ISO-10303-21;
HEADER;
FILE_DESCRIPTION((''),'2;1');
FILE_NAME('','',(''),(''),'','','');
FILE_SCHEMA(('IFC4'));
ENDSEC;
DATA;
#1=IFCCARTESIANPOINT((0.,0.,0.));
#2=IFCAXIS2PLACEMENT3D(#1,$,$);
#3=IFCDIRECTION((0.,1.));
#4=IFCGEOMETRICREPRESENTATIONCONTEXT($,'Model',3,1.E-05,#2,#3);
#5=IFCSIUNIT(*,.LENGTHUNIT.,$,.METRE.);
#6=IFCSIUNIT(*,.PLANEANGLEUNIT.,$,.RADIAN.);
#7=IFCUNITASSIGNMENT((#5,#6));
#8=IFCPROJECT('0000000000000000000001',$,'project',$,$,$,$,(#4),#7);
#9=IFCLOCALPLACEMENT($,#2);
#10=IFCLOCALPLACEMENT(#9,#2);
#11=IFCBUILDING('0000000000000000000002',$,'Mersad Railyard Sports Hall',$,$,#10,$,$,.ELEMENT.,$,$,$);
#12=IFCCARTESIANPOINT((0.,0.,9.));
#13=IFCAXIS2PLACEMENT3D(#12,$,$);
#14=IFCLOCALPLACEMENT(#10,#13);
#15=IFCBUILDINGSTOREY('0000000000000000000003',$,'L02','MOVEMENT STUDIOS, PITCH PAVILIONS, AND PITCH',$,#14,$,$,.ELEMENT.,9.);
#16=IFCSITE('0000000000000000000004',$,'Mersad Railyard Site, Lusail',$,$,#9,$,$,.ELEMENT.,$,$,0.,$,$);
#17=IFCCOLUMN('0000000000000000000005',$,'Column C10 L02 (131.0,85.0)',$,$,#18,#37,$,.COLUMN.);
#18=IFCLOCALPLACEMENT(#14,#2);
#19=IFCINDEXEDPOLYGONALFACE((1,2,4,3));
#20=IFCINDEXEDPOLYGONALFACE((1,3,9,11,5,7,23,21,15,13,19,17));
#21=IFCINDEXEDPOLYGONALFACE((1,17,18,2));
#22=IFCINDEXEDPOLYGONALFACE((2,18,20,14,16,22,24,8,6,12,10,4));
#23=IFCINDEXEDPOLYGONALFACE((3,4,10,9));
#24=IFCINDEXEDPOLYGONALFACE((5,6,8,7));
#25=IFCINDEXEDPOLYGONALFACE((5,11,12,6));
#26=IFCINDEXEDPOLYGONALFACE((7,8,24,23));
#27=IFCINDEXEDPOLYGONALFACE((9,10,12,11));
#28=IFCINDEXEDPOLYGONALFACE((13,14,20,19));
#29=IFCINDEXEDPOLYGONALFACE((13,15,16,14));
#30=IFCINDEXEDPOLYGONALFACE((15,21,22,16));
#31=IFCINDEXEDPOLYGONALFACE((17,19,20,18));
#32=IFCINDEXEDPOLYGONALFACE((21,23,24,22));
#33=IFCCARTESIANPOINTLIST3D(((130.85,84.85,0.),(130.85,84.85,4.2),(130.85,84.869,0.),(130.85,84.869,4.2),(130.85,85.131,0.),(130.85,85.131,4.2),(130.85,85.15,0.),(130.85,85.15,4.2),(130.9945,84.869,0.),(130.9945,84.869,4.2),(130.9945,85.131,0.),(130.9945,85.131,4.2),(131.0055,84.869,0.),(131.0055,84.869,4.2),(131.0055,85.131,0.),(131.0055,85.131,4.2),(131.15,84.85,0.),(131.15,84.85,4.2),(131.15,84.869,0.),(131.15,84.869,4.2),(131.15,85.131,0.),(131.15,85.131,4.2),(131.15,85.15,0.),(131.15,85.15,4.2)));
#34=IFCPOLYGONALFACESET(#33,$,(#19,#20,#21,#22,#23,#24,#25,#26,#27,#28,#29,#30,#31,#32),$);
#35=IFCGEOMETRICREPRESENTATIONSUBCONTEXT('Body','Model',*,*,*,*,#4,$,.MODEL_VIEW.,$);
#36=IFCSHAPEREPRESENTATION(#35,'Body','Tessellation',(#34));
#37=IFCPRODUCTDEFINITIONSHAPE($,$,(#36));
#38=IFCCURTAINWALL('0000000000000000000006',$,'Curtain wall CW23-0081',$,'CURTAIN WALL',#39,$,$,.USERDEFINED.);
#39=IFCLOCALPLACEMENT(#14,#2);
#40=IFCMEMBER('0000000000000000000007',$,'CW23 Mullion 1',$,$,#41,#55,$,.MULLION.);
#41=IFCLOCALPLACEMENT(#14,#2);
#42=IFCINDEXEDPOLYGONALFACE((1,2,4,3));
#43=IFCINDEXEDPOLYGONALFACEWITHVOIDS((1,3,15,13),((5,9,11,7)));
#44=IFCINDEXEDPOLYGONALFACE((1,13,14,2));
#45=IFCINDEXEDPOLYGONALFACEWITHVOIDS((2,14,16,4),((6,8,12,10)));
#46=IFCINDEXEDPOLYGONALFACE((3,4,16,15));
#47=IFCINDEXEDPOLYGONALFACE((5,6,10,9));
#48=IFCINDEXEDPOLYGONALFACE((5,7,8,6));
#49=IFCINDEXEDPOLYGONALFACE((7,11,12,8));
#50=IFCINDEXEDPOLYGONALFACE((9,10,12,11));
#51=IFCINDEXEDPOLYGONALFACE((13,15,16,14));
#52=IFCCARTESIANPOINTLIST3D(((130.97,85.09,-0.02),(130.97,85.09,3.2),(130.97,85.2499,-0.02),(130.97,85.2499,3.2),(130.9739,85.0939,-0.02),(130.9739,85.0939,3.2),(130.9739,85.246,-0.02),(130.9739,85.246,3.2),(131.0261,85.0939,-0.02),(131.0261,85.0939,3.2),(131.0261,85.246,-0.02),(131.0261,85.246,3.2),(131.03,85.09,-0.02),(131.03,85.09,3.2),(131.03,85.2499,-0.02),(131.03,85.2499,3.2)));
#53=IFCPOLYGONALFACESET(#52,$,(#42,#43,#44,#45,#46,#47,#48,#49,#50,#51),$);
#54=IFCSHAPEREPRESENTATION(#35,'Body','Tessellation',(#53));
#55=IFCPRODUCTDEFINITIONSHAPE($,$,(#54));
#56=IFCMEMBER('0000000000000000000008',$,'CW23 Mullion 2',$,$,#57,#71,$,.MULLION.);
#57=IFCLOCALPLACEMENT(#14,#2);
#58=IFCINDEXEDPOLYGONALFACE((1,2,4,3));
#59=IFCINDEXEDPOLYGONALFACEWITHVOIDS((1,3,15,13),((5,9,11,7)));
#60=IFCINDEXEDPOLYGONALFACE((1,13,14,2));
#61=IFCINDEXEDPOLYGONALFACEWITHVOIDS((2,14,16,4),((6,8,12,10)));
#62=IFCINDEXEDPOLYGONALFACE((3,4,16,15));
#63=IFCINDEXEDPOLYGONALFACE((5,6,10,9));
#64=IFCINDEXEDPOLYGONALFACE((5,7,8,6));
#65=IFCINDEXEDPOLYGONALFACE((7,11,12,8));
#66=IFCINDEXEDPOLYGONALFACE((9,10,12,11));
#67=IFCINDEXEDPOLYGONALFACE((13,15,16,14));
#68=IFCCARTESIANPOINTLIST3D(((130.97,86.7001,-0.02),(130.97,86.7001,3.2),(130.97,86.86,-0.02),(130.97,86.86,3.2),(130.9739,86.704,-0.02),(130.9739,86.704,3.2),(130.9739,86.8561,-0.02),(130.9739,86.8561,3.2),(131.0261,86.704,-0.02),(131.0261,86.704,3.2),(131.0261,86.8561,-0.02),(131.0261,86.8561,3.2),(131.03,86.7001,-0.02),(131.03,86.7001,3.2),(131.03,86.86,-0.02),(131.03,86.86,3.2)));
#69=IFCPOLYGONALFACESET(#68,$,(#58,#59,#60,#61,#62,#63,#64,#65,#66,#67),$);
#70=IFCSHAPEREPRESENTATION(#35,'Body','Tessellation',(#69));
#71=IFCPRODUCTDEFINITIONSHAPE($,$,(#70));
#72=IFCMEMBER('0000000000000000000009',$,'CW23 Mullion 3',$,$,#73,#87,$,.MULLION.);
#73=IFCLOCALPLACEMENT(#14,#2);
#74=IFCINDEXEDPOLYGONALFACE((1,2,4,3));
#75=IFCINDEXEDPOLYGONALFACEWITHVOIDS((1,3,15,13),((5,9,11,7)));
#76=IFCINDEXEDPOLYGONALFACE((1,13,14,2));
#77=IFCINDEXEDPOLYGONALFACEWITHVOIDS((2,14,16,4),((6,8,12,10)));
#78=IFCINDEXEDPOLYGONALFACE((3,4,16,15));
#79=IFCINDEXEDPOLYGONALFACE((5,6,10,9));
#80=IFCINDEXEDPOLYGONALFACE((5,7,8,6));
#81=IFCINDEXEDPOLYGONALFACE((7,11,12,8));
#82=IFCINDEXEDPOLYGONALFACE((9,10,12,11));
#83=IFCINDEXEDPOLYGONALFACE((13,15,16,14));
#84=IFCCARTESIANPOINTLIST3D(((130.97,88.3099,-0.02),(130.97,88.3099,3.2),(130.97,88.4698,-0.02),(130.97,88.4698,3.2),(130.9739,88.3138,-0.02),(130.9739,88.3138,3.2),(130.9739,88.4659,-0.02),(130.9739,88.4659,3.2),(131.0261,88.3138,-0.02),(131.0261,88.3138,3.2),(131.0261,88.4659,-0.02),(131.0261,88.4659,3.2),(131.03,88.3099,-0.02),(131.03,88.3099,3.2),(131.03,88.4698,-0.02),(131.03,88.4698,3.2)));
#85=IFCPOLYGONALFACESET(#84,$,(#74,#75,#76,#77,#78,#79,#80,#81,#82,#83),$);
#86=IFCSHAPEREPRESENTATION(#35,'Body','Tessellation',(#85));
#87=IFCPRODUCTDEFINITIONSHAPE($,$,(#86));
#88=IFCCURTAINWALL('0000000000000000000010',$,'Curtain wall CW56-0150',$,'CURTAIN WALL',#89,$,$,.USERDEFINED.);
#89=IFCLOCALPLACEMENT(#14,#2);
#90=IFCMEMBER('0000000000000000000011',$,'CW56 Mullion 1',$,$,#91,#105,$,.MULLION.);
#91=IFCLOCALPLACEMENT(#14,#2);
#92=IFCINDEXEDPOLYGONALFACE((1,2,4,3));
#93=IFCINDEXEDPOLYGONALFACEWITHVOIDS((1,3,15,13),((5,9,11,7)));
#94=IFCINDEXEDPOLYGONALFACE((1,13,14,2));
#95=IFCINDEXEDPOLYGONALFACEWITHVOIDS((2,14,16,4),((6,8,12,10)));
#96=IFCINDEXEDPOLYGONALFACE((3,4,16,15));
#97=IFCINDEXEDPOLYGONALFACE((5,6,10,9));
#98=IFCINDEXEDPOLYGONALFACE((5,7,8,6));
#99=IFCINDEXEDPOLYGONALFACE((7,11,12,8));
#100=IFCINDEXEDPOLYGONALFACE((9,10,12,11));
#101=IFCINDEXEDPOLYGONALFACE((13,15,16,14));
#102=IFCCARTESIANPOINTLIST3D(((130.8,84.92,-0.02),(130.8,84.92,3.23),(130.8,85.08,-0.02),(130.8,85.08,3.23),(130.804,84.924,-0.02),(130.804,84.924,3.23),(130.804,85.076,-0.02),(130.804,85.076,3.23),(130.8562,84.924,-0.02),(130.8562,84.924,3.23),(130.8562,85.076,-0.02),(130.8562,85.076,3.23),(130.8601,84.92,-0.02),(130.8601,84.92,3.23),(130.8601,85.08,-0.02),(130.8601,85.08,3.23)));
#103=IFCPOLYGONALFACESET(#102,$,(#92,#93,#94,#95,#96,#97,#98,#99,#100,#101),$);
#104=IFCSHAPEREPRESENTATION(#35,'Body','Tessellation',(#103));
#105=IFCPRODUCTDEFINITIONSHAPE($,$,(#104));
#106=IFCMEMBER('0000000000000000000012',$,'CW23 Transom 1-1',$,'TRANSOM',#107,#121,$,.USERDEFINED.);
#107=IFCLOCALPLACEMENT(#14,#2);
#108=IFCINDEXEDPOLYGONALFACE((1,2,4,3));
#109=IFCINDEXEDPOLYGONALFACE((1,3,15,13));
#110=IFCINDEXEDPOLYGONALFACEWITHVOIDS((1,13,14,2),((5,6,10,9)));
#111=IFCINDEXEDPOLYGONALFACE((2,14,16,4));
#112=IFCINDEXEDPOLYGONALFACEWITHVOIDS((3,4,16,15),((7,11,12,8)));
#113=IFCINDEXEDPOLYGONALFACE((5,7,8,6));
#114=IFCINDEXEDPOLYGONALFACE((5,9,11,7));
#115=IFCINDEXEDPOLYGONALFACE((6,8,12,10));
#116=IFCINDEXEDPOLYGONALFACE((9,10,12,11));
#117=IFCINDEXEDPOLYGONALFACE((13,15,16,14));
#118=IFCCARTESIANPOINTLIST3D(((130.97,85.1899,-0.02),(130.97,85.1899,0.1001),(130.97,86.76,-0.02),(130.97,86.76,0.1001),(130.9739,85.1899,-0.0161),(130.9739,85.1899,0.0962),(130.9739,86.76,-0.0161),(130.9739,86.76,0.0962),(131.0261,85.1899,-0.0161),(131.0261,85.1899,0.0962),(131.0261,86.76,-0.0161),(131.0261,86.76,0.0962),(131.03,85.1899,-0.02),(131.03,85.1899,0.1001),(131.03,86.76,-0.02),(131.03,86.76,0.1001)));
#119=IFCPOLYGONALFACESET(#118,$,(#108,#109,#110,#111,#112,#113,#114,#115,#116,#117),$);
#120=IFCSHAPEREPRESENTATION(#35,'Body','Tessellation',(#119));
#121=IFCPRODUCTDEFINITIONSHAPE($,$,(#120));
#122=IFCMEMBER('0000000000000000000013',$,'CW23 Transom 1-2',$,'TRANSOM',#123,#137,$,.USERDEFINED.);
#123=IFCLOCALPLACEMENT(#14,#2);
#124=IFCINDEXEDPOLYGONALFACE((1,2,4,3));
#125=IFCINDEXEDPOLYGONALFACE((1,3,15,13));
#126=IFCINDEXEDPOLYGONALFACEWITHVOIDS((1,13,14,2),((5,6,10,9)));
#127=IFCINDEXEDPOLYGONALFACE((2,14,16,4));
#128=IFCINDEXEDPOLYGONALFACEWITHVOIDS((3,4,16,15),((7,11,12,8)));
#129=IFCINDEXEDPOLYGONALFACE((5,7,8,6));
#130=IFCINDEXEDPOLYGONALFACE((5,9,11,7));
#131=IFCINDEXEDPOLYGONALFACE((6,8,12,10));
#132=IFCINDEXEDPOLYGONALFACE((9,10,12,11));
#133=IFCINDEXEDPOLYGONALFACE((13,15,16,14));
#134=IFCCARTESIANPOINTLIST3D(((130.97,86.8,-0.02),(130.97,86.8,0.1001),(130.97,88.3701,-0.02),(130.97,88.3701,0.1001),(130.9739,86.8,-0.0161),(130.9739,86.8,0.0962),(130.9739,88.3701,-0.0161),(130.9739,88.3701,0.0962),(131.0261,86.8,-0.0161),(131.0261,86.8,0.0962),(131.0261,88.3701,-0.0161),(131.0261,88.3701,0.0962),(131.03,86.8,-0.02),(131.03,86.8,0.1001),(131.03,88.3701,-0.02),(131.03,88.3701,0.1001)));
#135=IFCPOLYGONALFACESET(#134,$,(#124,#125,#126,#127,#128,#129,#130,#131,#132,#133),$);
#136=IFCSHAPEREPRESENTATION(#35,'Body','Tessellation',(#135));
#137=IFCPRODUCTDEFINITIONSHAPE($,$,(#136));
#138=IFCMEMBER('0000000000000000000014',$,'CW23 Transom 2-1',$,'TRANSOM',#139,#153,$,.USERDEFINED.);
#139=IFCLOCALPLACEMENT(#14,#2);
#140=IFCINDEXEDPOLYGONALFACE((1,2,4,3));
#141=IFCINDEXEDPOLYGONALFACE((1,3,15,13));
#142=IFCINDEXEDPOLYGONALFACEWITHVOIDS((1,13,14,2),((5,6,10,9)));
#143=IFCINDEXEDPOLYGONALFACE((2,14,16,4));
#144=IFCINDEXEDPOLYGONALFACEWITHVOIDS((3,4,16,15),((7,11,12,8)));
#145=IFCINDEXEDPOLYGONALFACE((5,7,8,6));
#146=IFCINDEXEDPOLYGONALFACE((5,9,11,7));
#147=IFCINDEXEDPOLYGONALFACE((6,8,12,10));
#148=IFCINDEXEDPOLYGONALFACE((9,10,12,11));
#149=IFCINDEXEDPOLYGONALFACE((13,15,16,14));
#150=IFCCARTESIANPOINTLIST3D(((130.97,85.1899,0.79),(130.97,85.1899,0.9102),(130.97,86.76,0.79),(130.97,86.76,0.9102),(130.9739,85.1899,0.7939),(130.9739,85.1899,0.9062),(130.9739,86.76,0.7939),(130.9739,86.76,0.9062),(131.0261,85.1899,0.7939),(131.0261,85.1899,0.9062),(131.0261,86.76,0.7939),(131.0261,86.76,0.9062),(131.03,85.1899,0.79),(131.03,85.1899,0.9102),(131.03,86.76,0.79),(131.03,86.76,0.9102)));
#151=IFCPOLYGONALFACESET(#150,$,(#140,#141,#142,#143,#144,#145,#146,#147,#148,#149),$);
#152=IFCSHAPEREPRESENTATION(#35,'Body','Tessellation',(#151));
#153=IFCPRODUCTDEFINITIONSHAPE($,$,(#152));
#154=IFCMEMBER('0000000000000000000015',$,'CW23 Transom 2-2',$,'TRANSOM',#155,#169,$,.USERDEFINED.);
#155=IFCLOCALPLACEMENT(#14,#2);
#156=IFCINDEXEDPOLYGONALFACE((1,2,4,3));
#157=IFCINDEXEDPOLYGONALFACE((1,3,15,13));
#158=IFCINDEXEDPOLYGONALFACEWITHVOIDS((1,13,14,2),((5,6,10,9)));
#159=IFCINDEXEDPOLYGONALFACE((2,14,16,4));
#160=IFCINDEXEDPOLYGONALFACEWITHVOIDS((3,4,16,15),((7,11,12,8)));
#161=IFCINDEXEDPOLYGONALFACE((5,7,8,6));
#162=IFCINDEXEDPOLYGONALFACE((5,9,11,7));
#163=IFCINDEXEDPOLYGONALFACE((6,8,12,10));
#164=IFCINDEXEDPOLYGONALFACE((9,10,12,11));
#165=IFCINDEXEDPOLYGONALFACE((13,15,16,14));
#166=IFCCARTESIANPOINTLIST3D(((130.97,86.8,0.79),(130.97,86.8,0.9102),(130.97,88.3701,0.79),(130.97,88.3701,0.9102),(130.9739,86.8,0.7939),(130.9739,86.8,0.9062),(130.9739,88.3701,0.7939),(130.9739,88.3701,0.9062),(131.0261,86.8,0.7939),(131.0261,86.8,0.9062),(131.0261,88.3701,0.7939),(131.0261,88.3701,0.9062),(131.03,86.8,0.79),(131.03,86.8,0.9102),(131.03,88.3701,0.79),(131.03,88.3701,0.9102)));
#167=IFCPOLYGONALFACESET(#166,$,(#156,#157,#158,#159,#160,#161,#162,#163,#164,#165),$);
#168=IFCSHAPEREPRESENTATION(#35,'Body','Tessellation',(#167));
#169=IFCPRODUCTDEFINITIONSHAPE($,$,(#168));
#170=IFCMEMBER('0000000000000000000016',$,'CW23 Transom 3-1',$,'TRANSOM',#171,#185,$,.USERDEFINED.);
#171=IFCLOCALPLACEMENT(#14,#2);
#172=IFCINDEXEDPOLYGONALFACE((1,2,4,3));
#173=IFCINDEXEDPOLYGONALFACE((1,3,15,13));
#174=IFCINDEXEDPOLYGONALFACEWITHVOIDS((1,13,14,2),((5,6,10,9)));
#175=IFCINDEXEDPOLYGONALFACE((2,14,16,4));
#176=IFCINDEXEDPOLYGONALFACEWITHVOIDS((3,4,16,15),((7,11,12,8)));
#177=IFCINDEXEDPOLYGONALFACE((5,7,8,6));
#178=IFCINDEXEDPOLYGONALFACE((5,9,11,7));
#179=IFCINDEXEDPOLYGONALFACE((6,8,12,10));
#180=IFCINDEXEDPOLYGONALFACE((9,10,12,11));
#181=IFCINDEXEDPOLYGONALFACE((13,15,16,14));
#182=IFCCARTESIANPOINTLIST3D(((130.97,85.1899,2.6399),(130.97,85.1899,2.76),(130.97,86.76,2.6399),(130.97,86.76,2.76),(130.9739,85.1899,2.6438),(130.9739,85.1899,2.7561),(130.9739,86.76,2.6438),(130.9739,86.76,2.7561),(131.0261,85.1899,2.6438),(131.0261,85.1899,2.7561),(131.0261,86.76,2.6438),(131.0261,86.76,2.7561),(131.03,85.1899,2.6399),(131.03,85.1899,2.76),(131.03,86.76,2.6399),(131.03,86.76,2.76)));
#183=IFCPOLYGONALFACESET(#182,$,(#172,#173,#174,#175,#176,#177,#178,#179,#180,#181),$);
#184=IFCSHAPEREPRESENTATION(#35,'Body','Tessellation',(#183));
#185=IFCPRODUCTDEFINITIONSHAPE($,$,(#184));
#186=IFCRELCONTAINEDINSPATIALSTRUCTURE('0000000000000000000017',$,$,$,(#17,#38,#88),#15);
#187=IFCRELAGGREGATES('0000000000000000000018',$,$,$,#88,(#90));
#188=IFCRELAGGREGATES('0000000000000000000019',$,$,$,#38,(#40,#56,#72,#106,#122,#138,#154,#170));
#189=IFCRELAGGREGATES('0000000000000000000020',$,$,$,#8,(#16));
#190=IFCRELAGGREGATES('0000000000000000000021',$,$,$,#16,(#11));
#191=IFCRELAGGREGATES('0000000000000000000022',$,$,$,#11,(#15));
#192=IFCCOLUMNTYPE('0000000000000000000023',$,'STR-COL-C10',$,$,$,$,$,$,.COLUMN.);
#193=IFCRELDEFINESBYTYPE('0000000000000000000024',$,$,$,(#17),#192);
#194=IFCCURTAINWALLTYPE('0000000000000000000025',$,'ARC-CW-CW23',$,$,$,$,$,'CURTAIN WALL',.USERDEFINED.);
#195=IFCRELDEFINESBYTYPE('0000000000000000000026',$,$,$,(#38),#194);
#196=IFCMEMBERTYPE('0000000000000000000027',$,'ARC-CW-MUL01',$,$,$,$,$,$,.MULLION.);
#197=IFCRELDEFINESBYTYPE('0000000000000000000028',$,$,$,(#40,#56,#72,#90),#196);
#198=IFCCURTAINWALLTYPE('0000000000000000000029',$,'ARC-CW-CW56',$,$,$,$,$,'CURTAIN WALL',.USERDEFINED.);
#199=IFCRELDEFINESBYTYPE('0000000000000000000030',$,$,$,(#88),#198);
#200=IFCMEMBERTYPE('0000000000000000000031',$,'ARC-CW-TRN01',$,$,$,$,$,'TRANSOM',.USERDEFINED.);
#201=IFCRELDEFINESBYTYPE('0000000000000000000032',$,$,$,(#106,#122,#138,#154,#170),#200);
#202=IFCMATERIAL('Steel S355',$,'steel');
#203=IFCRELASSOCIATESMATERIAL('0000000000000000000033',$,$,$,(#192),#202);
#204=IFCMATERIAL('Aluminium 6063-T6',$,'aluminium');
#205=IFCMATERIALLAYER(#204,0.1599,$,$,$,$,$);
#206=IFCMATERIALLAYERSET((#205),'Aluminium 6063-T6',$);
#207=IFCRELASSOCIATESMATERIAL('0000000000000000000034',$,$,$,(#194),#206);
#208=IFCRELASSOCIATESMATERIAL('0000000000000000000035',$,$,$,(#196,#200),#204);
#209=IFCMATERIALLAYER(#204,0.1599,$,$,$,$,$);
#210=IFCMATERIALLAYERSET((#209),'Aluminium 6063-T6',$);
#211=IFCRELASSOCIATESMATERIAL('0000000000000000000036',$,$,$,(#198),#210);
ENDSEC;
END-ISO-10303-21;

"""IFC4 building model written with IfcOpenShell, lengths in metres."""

from ifc_helpers import new_model, si_unit, direction, frame, origin, origin_2d, place, context, subcontext, project, spatial, hollow_rectangle, i_section, extrude, material, layer, layer_set, material_profile, profile_set, type_object, element, aggregate, save


model = new_model("IFC4")

# Units and contexts
model_context = context("Model", 3, precision=1e-05, world=origin(), true_north=direction((0.0, 1.0)))
body_context = subcontext(model_context, "Body", "Model", "MODEL_VIEW")
ifc_project = project(units=[si_unit("LENGTHUNIT", "METRE"), si_unit("PLANEANGLEUNIT", "RADIAN")], contexts=[model_context])

# Site, building, storey
site_placement = place(None, origin())
site = spatial("IfcSite", under=ifc_project, at=site_placement, Name="Mersad Railyard Site, Lusail", CompositionType="ELEMENT", RefElevation=0.0)
building_placement = place(site_placement, origin())
building = spatial("IfcBuilding", under=site, at=building_placement, Name="Mersad Railyard Sports Hall", CompositionType="ELEMENT")
storey_placement = place(building_placement, frame((0.0, 0.0, 9.0)))
storey = spatial("IfcBuildingStorey", under=building, at=storey_placement, Name="L02", Description="MOVEMENT STUDIOS, PITCH PAVILIONS, AND PITCH", CompositionType="ELEMENT", Elevation=9.0)

# Column
ifc_material_1 = material(Name="Steel S355", Category="steel")
ifc_material_profile_1 = material_profile(ifc_material_1, i_section(OverallWidth=0.3, OverallDepth=0.3, WebThickness=0.011, FlangeThickness=0.019, at=origin_2d()), Name="HEB 300")
ifc_profile_set_1 = profile_set([ifc_material_profile_1], Name="Steel S355")
column_type = type_object("IfcColumnType", Name="STR-COL-C10", PredefinedType="COLUMN", material=ifc_profile_set_1)
column_placement = place(storey_placement, frame((131.0, 85.0, 0.0), z_axis=(0.0, 0.0, 1.0), x_axis=(1.0, 0.0, 0.0)))
element("IfcColumn", 1, at=column_placement, inside=storey, type_object=column_type, Name="Column C10 L02 (131.0,85.0)", PredefinedType="COLUMN", context=body_context, shape_type="SweptSolid", body=[
    extrude(i_section(OverallWidth=0.3, OverallDepth=0.3, WebThickness=0.011, FlangeThickness=0.019, at=origin_2d()), origin(), (0.0, 0.0, 1.0), 4.2),
])

# Curtain wall, members
ifc_material_2 = material(Name="Aluminium 6063-T6", Category="aluminium")
ifc_layer_1 = layer(ifc_material_2, 0.1599)
ifc_layer_set_1 = layer_set([ifc_layer_1], Name="Aluminium 6063-T6")
curtain_wall_type_1 = type_object("IfcCurtainWallType", Name="ARC-CW-CW23", ElementType="CURTAIN WALL", PredefinedType="USERDEFINED", material=ifc_layer_set_1)
curtain_wall_1_placement = place(storey_placement, origin())
curtain_wall_1 = element("IfcCurtainWall", 2, at=curtain_wall_1_placement, inside=storey, type_object=curtain_wall_type_1, Name="Curtain wall CW23-0081", ObjectType="CURTAIN WALL", PredefinedType="USERDEFINED")
ifc_material_profile_2 = material_profile(ifc_material_2, hollow_rectangle(XDim=0.0601, YDim=0.1599, WallThickness=0.0039, at=origin_2d()), Name="AL MULLION 60x160x4")
ifc_profile_set_2 = profile_set([ifc_material_profile_2], Name="Aluminium 6063-T6")
member_type_1 = type_object("IfcMemberType", Name="ARC-CW-MUL01", PredefinedType="MULLION", material=ifc_profile_set_2)
member_1_placement = place(storey_placement, frame((131.0, 85.1699, -0.02), z_axis=(0.0, 0.0, 1.0), x_axis=(1.0, 0.0, 0.0)))
member_1 = element("IfcMember", 3, at=member_1_placement, type_object=member_type_1, Name="CW23 Mullion 1", PredefinedType="MULLION", context=body_context, shape_type="SweptSolid", body=[
    extrude(hollow_rectangle(XDim=0.0601, YDim=0.1599, WallThickness=0.0039, at=origin_2d()), origin(), (0.0, 0.0, 1.0), 3.22),
])
member_2_placement = place(storey_placement, frame((131.0, 86.78, -0.02), z_axis=(0.0, 0.0, 1.0), x_axis=(1.0, 0.0, 0.0)))
member_2 = element("IfcMember", 4, at=member_2_placement, type_object=member_type_1, Name="CW23 Mullion 2", PredefinedType="MULLION", context=body_context, shape_type="SweptSolid", body=[
    extrude(hollow_rectangle(XDim=0.0601, YDim=0.1599, WallThickness=0.0039, at=origin_2d()), origin(), (0.0, 0.0, 1.0), 3.22),
])
member_3_placement = place(storey_placement, frame((131.0, 88.3899, -0.02), z_axis=(0.0, 0.0, 1.0), x_axis=(1.0, 0.0, 0.0)))
member_3 = element("IfcMember", 5, at=member_3_placement, type_object=member_type_1, Name="CW23 Mullion 3", PredefinedType="MULLION", context=body_context, shape_type="SweptSolid", body=[
    extrude(hollow_rectangle(XDim=0.0601, YDim=0.1599, WallThickness=0.0039, at=origin_2d()), origin(), (0.0, 0.0, 1.0), 3.22),
])

# Curtain wall, member
ifc_layer_2 = layer(ifc_material_2, 0.1599)
ifc_layer_set_2 = layer_set([ifc_layer_2], Name="Aluminium 6063-T6")
curtain_wall_type_2 = type_object("IfcCurtainWallType", Name="ARC-CW-CW56", ElementType="CURTAIN WALL", PredefinedType="USERDEFINED", material=ifc_layer_set_2)
curtain_wall_2_placement = place(storey_placement, origin())
curtain_wall_2 = element("IfcCurtainWall", 6, at=curtain_wall_2_placement, inside=storey, type_object=curtain_wall_type_2, Name="Curtain wall CW56-0150", ObjectType="CURTAIN WALL", PredefinedType="USERDEFINED")
member_4_placement = place(storey_placement, frame((130.8301, 85.0, -0.02), z_axis=(0.0, 0.0, 1.0), x_axis=(1.0, 0.0, 0.0)))
member_4 = element("IfcMember", 7, at=member_4_placement, type_object=member_type_1, Name="CW56 Mullion 1", PredefinedType="MULLION", context=body_context, shape_type="SweptSolid", body=[
    extrude(hollow_rectangle(XDim=0.0601, YDim=0.1599, WallThickness=0.0039, at=origin_2d()), origin(), (0.0, 0.0, 1.0), 3.25),
])

# Members
ifc_material_profile_3 = material_profile(ifc_material_2, hollow_rectangle(XDim=0.0601, YDim=0.1201, WallThickness=0.0039, at=origin_2d()), Name="AL TRANSOM 60x120x4")
ifc_profile_set_3 = profile_set([ifc_material_profile_3], Name="Aluminium 6063-T6")
member_type_2 = type_object("IfcMemberType", Name="ARC-CW-TRN01", ElementType="TRANSOM", PredefinedType="USERDEFINED", material=ifc_profile_set_3)
member_5_placement = place(storey_placement, frame((131.0, 85.1899, 0.04), z_axis=(0.0, 1.0, 0.0), x_axis=(-1.0, 0.0, 0.0)))
member_5 = element("IfcMember", 8, at=member_5_placement, type_object=member_type_2, Name="CW23 Transom 1-1", ObjectType="TRANSOM", PredefinedType="USERDEFINED", context=body_context, shape_type="SweptSolid", body=[
    extrude(hollow_rectangle(XDim=0.0601, YDim=0.1201, WallThickness=0.0039, at=origin_2d()), origin(), (0.0, 0.0, 1.0), 1.5701),
])
member_6_placement = place(storey_placement, frame((131.0, 86.8, 0.04), z_axis=(0.0, 1.0, 0.0), x_axis=(-1.0, 0.0, 0.0)))
member_6 = element("IfcMember", 9, at=member_6_placement, type_object=member_type_2, Name="CW23 Transom 1-2", ObjectType="TRANSOM", PredefinedType="USERDEFINED", context=body_context, shape_type="SweptSolid", body=[
    extrude(hollow_rectangle(XDim=0.0601, YDim=0.1201, WallThickness=0.0039, at=origin_2d()), origin(), (0.0, 0.0, 1.0), 1.5701),
])
member_7_placement = place(storey_placement, frame((131.0, 85.1899, 0.8501), z_axis=(0.0, 1.0, 0.0), x_axis=(-1.0, 0.0, 0.0)))
member_7 = element("IfcMember", 10, at=member_7_placement, type_object=member_type_2, Name="CW23 Transom 2-1", ObjectType="TRANSOM", PredefinedType="USERDEFINED", context=body_context, shape_type="SweptSolid", body=[
    extrude(hollow_rectangle(XDim=0.0601, YDim=0.1201, WallThickness=0.0039, at=origin_2d()), origin(), (0.0, 0.0, 1.0), 1.5701),
])
member_8_placement = place(storey_placement, frame((131.0, 86.8, 0.8501), z_axis=(0.0, 1.0, 0.0), x_axis=(-1.0, 0.0, 0.0)))
member_8 = element("IfcMember", 11, at=member_8_placement, type_object=member_type_2, Name="CW23 Transom 2-2", ObjectType="TRANSOM", PredefinedType="USERDEFINED", context=body_context, shape_type="SweptSolid", body=[
    extrude(hollow_rectangle(XDim=0.0601, YDim=0.1201, WallThickness=0.0039, at=origin_2d()), origin(), (0.0, 0.0, 1.0), 1.5701),
])
member_9_placement = place(storey_placement, frame((131.0, 85.1899, 2.7), z_axis=(0.0, 1.0, 0.0), x_axis=(-1.0, 0.0, 0.0)))
member_9 = element("IfcMember", 12, at=member_9_placement, type_object=member_type_2, Name="CW23 Transom 3-1", ObjectType="TRANSOM", PredefinedType="USERDEFINED", context=body_context, shape_type="SweptSolid", body=[
    extrude(hollow_rectangle(XDim=0.0601, YDim=0.1201, WallThickness=0.0039, at=origin_2d()), origin(), (0.0, 0.0, 1.0), 1.5701),
])
aggregate(curtain_wall_2, [member_4])

aggregate(curtain_wall_1, [member_1, member_2, member_3, member_5, member_6, member_7, member_8, member_9])

save(model, "model.ifc")
